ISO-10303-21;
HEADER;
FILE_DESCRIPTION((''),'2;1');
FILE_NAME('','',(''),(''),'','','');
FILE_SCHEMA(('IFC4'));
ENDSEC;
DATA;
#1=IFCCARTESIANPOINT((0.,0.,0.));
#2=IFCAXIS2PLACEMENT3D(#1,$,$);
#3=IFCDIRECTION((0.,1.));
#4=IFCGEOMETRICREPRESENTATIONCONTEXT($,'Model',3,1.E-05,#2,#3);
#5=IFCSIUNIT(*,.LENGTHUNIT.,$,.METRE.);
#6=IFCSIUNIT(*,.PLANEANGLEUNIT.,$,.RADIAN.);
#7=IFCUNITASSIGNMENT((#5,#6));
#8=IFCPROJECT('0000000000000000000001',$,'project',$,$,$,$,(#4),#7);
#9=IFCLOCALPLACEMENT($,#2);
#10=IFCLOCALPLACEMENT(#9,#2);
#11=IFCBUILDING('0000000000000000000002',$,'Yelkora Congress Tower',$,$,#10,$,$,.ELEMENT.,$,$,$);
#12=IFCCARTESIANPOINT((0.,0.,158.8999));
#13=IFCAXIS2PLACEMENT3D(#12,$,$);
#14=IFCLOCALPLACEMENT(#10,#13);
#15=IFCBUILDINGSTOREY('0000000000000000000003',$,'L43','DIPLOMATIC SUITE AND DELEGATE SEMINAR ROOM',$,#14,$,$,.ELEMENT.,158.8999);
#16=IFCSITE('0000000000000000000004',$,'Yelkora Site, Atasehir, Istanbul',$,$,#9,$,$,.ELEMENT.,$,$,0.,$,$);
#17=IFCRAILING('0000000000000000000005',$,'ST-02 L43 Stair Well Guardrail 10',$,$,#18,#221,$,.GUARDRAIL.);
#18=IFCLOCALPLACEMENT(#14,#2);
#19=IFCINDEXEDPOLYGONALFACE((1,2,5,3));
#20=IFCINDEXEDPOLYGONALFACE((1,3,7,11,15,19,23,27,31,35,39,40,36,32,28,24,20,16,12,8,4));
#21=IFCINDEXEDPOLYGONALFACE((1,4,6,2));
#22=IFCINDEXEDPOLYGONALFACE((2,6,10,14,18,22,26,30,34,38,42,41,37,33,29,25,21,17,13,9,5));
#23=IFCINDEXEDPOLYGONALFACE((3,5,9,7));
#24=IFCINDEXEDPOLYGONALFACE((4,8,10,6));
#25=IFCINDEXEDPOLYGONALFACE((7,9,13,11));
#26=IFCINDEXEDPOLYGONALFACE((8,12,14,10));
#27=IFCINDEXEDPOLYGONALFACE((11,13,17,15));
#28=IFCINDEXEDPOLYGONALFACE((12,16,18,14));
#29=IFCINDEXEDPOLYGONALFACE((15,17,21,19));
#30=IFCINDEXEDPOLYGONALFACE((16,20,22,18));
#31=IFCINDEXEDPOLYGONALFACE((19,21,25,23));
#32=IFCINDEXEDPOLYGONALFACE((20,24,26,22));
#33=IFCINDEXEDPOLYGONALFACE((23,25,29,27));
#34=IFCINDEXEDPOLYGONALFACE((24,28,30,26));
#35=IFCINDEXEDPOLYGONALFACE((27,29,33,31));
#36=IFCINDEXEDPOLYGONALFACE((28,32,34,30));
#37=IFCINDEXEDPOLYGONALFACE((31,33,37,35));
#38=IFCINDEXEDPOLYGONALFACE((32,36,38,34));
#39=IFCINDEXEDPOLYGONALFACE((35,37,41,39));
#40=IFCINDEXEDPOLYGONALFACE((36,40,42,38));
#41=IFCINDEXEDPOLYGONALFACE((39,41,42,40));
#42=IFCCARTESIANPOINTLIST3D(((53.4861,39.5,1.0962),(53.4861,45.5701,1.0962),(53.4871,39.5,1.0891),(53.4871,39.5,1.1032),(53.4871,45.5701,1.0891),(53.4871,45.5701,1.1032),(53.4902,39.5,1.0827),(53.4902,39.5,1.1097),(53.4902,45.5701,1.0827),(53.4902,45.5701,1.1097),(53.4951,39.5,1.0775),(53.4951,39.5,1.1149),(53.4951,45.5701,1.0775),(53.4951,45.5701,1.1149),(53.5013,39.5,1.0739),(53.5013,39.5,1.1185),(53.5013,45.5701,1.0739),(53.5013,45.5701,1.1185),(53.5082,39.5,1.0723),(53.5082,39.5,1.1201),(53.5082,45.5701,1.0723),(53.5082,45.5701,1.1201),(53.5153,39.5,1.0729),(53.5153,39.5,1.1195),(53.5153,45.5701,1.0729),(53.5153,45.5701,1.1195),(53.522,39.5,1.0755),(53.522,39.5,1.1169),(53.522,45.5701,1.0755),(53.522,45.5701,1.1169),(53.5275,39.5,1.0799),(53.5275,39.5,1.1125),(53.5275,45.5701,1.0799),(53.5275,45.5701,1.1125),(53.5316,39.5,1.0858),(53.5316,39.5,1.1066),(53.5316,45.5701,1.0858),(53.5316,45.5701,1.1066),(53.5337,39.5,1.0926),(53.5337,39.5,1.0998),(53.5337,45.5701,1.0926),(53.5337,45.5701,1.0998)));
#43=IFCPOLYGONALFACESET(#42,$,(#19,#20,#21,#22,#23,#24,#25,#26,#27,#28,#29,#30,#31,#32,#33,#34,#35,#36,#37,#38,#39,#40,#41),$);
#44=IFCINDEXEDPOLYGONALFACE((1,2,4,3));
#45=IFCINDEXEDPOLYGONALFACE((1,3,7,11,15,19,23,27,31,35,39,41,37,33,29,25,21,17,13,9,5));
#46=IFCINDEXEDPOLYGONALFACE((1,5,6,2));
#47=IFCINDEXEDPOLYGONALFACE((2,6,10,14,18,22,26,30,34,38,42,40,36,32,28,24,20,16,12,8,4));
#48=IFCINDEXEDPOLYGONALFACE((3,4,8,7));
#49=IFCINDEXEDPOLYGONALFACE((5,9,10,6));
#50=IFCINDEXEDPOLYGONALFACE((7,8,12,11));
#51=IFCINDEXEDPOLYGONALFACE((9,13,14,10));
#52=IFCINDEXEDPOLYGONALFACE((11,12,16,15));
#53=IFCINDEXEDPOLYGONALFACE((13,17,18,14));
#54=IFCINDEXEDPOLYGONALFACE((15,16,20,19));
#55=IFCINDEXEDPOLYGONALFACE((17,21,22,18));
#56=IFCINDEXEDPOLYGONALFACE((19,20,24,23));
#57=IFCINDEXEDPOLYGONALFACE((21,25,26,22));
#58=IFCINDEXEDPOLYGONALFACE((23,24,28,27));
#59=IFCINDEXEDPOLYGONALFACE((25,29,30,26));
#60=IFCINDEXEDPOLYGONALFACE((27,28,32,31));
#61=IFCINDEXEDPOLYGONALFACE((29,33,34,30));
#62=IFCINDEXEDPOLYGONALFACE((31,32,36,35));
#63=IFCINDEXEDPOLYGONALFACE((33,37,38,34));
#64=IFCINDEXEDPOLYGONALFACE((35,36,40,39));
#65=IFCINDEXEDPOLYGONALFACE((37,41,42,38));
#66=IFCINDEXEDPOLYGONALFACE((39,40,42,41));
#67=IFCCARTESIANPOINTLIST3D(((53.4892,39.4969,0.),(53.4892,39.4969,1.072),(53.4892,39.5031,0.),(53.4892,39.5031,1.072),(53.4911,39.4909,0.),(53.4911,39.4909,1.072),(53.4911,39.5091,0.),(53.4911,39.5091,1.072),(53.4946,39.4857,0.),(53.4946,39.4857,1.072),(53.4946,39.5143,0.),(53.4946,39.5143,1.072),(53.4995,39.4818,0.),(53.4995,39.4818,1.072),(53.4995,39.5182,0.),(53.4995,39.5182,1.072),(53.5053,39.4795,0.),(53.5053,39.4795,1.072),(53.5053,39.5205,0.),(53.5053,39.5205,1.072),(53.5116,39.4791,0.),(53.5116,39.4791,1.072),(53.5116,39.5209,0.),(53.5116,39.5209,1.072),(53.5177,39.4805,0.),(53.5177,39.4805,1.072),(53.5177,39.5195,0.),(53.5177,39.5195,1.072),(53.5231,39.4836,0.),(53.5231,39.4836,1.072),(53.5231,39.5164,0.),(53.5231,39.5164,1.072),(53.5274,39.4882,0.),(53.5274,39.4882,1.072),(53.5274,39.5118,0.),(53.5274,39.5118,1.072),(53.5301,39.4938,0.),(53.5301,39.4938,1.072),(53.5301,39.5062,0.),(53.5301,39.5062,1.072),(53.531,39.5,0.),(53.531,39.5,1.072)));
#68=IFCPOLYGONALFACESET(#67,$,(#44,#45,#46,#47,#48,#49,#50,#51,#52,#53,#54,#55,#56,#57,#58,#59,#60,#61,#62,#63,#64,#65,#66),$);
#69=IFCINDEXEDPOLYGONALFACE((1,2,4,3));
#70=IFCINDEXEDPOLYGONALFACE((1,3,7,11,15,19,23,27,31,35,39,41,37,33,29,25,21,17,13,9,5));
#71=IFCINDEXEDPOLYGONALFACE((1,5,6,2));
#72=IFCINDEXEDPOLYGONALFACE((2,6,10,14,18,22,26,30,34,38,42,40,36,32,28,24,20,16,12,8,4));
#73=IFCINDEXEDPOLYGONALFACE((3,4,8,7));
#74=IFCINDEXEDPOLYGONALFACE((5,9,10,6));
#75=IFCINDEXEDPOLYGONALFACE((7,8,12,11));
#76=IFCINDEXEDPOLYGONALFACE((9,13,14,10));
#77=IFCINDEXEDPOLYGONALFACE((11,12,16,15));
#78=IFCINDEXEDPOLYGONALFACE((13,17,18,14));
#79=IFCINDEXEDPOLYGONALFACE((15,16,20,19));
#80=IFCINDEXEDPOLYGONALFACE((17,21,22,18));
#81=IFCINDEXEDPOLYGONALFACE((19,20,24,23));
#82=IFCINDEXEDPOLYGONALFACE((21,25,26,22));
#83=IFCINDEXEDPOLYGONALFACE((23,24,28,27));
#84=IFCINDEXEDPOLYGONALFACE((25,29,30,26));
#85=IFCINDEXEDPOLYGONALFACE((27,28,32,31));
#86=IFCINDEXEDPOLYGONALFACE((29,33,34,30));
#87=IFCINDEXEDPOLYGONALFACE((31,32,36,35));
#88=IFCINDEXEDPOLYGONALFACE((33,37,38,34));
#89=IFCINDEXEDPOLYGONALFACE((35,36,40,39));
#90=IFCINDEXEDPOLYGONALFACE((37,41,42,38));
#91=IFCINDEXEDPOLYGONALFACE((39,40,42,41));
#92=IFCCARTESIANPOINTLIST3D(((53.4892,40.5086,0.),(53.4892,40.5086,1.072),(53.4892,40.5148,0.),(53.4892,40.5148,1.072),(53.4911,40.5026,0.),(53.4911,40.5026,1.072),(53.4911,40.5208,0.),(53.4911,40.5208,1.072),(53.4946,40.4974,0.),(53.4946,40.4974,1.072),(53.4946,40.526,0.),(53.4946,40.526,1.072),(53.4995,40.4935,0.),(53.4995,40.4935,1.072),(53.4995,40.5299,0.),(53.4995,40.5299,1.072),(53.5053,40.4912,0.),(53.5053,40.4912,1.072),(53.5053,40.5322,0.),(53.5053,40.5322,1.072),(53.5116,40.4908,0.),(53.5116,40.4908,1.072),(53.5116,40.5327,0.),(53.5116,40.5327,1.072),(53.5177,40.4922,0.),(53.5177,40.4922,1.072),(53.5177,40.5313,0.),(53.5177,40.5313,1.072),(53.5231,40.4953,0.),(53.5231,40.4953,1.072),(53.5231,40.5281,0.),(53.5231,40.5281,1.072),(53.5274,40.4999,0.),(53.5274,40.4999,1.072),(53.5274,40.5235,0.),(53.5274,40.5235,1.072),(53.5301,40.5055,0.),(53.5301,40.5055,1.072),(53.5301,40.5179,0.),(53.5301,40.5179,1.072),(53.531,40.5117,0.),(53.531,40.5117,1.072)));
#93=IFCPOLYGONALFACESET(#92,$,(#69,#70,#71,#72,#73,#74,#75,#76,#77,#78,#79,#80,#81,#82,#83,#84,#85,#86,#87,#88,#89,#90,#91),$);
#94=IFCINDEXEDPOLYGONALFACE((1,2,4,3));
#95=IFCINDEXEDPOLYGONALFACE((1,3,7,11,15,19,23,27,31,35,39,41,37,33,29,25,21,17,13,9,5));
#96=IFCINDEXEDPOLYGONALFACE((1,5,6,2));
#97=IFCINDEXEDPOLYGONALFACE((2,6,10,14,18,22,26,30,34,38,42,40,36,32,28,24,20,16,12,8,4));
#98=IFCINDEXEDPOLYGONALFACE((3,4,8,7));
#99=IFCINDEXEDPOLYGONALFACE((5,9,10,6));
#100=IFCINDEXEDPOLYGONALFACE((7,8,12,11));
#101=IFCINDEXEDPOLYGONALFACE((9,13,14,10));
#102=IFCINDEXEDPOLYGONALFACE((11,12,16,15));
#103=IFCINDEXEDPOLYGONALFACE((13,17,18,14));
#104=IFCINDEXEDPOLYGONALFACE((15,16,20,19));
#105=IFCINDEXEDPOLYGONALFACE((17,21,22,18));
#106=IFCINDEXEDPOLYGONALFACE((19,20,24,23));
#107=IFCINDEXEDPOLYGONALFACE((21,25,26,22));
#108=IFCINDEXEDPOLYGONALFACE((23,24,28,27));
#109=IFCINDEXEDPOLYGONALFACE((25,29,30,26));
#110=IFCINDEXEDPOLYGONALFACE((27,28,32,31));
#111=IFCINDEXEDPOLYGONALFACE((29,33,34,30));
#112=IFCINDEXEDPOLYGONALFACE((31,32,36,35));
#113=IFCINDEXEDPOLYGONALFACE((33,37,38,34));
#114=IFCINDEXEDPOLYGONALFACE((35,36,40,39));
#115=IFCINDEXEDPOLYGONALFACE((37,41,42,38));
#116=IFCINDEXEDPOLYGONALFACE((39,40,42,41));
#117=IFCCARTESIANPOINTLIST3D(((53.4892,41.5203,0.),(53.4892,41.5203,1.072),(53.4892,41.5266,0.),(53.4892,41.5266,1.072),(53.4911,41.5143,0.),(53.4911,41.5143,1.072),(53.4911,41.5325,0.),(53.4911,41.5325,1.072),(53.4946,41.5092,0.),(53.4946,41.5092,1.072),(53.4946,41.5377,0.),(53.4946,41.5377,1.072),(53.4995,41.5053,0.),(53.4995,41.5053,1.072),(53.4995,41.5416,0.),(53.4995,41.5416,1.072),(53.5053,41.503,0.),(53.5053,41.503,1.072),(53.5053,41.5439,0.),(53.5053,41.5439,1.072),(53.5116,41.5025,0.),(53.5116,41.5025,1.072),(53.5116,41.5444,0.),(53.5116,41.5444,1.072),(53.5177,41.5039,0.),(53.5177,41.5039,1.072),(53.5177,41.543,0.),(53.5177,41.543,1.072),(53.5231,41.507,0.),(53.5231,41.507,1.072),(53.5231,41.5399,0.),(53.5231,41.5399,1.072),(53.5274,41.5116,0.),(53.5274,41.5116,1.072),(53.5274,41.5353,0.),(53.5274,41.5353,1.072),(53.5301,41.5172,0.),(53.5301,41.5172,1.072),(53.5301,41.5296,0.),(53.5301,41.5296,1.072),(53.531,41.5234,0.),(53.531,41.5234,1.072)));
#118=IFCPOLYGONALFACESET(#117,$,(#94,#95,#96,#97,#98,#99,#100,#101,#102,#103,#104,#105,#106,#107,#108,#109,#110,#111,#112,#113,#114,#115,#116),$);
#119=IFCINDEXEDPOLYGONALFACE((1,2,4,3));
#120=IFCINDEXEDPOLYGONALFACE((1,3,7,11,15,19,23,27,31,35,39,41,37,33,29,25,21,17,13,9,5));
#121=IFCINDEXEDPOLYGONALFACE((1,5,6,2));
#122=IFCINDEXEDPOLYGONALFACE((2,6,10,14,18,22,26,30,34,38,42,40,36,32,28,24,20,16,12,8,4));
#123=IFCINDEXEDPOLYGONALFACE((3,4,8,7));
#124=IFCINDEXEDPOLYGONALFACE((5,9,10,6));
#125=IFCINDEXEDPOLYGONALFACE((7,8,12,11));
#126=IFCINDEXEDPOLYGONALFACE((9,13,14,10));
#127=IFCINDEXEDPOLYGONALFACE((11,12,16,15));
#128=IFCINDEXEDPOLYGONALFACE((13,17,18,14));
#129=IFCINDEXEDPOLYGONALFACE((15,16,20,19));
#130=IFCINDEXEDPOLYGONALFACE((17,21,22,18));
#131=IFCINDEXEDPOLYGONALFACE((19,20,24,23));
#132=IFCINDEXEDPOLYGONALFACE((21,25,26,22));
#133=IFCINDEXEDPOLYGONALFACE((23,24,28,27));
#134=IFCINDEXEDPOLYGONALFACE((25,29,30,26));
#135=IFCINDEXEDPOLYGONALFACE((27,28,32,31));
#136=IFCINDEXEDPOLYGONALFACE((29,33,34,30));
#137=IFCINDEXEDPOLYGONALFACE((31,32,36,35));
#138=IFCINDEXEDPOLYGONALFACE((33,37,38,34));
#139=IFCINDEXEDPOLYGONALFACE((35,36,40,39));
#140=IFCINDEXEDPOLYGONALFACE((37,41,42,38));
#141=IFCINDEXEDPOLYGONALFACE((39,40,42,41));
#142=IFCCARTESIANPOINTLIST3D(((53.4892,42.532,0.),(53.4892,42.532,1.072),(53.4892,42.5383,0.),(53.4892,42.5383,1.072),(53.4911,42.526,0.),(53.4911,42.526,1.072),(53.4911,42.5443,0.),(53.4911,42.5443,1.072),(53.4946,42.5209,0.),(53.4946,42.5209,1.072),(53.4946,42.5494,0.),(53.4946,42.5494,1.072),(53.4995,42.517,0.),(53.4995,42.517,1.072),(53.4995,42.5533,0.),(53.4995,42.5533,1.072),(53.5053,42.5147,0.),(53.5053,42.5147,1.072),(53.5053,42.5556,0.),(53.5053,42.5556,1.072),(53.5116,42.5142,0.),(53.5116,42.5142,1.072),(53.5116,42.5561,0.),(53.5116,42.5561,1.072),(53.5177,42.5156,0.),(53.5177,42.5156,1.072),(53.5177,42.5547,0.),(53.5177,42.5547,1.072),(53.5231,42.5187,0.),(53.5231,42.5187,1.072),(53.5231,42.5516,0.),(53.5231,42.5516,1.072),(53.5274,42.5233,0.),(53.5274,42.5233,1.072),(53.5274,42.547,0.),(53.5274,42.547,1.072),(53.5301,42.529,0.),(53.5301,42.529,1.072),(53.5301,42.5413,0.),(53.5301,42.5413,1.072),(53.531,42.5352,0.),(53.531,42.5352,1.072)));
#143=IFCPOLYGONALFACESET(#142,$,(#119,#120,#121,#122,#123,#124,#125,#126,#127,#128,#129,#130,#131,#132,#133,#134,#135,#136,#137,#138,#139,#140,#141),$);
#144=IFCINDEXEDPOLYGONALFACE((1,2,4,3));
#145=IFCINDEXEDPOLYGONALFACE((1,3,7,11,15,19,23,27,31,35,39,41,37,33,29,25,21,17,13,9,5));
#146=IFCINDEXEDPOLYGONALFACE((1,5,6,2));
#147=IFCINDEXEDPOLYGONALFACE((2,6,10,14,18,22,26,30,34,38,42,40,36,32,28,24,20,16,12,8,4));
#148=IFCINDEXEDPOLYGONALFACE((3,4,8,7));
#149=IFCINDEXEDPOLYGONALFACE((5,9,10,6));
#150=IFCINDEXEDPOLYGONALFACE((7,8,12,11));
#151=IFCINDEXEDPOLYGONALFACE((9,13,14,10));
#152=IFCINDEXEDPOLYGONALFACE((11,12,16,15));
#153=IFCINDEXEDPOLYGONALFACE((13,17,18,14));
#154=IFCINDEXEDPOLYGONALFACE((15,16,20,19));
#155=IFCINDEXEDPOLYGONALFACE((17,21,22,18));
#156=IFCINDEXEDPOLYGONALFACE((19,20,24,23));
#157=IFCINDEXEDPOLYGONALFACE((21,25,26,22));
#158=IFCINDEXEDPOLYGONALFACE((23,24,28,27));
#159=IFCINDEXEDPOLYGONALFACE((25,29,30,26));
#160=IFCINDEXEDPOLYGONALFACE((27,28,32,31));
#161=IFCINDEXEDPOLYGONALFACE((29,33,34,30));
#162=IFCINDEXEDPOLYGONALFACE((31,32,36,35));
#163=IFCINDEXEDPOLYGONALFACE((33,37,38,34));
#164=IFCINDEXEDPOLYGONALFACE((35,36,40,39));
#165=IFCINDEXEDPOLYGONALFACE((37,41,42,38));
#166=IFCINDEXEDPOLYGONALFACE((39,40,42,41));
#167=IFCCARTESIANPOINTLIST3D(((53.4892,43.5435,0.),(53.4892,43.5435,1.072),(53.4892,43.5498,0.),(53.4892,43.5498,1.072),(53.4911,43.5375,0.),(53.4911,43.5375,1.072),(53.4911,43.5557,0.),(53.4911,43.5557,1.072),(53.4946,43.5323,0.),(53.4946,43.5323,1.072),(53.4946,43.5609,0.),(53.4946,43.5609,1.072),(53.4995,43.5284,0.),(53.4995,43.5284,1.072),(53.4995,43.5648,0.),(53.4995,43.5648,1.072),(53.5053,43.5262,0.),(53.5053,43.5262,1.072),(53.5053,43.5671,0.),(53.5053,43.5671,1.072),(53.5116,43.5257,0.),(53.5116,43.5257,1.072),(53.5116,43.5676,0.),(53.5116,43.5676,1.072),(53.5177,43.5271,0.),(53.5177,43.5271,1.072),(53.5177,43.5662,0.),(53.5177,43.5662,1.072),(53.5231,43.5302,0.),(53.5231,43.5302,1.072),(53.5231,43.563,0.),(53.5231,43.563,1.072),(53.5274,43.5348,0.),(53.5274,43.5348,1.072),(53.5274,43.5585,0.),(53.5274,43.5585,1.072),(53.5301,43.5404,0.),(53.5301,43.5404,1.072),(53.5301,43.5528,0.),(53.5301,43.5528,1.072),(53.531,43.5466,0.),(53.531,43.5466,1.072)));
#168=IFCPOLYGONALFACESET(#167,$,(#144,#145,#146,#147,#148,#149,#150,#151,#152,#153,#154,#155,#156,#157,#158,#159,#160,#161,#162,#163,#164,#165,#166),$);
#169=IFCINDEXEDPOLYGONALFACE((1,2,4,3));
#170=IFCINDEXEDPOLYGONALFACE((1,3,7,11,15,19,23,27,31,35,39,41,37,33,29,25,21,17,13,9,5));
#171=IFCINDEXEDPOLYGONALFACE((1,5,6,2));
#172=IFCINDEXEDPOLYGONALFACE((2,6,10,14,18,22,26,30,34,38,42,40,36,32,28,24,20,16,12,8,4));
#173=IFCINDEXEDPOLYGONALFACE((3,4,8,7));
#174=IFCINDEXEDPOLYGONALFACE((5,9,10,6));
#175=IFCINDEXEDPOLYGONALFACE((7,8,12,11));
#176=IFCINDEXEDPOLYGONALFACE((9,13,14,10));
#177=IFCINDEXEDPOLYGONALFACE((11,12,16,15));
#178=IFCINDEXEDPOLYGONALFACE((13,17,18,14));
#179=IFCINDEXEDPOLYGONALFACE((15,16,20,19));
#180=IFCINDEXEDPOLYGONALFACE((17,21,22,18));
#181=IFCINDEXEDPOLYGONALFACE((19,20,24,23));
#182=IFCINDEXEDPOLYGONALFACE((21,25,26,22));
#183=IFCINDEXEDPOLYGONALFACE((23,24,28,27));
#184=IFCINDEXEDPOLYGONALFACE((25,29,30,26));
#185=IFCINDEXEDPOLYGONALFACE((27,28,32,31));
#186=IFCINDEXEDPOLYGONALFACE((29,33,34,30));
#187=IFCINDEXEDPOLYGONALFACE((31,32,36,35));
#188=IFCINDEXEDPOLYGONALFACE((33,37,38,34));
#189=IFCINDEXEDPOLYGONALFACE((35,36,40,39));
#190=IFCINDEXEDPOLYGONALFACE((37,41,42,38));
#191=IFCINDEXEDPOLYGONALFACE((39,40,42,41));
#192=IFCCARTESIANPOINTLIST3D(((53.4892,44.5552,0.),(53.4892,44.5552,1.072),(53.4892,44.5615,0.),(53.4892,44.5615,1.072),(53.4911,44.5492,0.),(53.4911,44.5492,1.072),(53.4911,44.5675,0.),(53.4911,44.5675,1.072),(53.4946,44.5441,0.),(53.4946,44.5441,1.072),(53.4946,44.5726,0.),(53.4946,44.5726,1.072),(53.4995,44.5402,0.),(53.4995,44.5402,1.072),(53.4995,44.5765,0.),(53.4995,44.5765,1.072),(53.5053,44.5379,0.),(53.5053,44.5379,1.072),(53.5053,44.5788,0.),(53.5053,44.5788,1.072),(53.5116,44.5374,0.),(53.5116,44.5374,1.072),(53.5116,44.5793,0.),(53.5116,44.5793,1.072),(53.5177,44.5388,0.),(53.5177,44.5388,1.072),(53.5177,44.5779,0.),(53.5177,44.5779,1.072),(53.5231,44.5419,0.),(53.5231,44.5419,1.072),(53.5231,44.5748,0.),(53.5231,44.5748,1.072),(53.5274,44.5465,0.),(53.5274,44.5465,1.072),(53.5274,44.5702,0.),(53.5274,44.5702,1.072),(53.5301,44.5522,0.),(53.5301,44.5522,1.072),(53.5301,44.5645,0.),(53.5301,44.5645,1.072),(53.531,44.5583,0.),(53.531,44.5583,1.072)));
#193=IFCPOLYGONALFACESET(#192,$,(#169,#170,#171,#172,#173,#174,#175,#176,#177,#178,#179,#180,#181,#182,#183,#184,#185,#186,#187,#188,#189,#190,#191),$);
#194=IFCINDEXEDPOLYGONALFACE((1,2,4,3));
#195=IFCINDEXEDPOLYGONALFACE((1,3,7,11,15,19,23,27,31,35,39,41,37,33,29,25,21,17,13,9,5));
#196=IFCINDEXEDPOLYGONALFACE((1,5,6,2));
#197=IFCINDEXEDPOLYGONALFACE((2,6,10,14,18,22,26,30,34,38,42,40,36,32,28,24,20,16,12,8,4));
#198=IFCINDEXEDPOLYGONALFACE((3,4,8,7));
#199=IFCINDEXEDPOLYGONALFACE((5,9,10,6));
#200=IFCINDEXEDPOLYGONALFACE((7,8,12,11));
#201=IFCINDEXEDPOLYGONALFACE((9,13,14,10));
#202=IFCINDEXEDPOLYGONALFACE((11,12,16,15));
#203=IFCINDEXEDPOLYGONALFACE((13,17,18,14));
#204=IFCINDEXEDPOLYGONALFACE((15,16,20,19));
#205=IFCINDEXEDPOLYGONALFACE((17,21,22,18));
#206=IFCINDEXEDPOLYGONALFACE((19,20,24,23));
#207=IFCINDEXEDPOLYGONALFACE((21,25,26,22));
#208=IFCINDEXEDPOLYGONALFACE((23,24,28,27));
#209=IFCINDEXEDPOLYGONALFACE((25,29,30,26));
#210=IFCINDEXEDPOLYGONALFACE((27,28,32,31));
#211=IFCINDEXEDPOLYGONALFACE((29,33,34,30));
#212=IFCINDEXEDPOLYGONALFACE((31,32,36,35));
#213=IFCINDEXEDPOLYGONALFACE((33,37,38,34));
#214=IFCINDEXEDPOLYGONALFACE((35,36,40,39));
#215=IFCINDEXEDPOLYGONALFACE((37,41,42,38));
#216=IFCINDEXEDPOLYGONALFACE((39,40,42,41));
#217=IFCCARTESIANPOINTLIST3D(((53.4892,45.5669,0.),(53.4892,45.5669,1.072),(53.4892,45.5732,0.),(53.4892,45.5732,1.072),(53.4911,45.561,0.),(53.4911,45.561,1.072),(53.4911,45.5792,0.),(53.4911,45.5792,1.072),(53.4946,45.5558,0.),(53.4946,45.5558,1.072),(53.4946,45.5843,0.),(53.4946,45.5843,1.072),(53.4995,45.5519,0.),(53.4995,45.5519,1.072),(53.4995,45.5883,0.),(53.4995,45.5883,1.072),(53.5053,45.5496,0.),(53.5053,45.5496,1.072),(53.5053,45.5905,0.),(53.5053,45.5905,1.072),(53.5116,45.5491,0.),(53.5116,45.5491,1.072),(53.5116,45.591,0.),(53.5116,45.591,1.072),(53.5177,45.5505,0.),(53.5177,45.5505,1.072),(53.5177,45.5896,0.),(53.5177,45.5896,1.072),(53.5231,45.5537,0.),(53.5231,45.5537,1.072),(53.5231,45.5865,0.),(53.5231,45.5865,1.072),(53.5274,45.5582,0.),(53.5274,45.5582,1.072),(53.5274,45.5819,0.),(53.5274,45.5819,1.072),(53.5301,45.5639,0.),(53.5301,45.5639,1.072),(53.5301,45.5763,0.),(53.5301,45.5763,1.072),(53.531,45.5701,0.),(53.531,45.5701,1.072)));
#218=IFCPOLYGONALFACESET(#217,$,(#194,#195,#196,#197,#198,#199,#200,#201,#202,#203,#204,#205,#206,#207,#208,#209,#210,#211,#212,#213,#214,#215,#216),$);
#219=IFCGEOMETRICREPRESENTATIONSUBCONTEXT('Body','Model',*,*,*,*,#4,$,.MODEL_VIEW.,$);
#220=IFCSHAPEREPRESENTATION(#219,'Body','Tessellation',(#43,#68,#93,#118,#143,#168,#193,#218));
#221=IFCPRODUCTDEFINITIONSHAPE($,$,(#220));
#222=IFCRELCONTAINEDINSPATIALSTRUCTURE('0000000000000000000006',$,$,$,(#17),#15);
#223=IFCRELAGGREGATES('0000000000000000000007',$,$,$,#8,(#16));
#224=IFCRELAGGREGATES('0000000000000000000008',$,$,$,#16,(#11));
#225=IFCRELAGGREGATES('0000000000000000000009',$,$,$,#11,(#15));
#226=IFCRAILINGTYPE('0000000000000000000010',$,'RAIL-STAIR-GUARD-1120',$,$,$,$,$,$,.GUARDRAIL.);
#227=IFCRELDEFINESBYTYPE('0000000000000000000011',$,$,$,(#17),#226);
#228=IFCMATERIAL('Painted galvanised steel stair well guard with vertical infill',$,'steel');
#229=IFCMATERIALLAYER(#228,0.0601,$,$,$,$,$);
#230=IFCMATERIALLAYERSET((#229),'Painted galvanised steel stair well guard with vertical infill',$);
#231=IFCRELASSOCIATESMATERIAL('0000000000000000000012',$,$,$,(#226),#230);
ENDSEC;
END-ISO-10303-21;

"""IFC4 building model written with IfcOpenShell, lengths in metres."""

from ifc_helpers import new_model, si_unit, direction, frame, origin, origin_2d, place, context, subcontext, project, spatial, circle, extrude, material, layer, layer_set, type_object, element, save


model = new_model("IFC4")

# Units and contexts
model_context = context("Model", 3, precision=1e-05, world=origin(), true_north=direction((0.0, 1.0)))
body_context = subcontext(model_context, "Body", "Model", "MODEL_VIEW")
ifc_project = project(units=[si_unit("LENGTHUNIT", "METRE"), si_unit("PLANEANGLEUNIT", "RADIAN")], contexts=[model_context])

# Site, building, storey
site_placement = place(None, origin())
site = spatial("IfcSite", under=ifc_project, at=site_placement, Name="Yelkora Site, Atasehir, Istanbul", CompositionType="ELEMENT", RefElevation=0.0)
building_placement = place(site_placement, origin())
building = spatial("IfcBuilding", under=site, at=building_placement, Name="Yelkora Congress Tower", CompositionType="ELEMENT")
storey_placement = place(building_placement, frame((0.0, 0.0, 158.8999)))
storey = spatial("IfcBuildingStorey", under=building, at=storey_placement, Name="L43", Description="DIPLOMATIC SUITE AND DELEGATE SEMINAR ROOM", CompositionType="ELEMENT", Elevation=158.8999)

# Railing
ifc_material_1 = material(Name="Painted galvanised steel stair well guard with vertical infill", Category="steel")
ifc_layer_1 = layer(ifc_material_1, 0.0601)
ifc_layer_set_1 = layer_set([ifc_layer_1], Name="Painted galvanised steel stair well guard with vertical infill")
railing_type_1 = type_object("IfcRailingType", Name="RAIL-STAIR-GUARD-1120", PredefinedType="GUARDRAIL", material=ifc_layer_set_1)
railing_1_placement = place(storey_placement, frame((53.51, 39.5, 0.0)))
element("IfcRailing", 1, at=railing_1_placement, inside=storey, type_object=railing_type_1, Name="ST-02 L43 Stair Well Guardrail 10", PredefinedType="GUARDRAIL", context=body_context, shape_type="SweptSolid", body=[
    extrude(circle(Radius=0.0239, at=origin_2d()), frame((0.0, 0.0, 1.0962), z_axis=(0.0, 1.0, 0.0), x_axis=(-1.0, 0.0, 0.0)), (0.0, 0.0, 1.0), 6.0701),
    extrude(circle(Radius=0.021, at=origin_2d()), origin(), (0.0, 0.0, 1.0), 1.072),
    extrude(circle(Radius=0.021, at=origin_2d()), frame((0.0, 1.0117, 0.0)), (0.0, 0.0, 1.0), 1.072),
    extrude(circle(Radius=0.021, at=origin_2d()), frame((0.0, 2.0234, 0.0)), (0.0, 0.0, 1.0), 1.072),
    extrude(circle(Radius=0.021, at=origin_2d()), frame((0.0, 3.0352, 0.0)), (0.0, 0.0, 1.0), 1.072),
    extrude(circle(Radius=0.021, at=origin_2d()), frame((0.0, 4.0466, 0.0)), (0.0, 0.0, 1.0), 1.072),
    extrude(circle(Radius=0.021, at=origin_2d()), frame((0.0, 5.0583, 0.0)), (0.0, 0.0, 1.0), 1.072),
    extrude(circle(Radius=0.021, at=origin_2d()), frame((0.0, 6.0701, 0.0)), (0.0, 0.0, 1.0), 1.072),
])

save(model, "model.ifc")
